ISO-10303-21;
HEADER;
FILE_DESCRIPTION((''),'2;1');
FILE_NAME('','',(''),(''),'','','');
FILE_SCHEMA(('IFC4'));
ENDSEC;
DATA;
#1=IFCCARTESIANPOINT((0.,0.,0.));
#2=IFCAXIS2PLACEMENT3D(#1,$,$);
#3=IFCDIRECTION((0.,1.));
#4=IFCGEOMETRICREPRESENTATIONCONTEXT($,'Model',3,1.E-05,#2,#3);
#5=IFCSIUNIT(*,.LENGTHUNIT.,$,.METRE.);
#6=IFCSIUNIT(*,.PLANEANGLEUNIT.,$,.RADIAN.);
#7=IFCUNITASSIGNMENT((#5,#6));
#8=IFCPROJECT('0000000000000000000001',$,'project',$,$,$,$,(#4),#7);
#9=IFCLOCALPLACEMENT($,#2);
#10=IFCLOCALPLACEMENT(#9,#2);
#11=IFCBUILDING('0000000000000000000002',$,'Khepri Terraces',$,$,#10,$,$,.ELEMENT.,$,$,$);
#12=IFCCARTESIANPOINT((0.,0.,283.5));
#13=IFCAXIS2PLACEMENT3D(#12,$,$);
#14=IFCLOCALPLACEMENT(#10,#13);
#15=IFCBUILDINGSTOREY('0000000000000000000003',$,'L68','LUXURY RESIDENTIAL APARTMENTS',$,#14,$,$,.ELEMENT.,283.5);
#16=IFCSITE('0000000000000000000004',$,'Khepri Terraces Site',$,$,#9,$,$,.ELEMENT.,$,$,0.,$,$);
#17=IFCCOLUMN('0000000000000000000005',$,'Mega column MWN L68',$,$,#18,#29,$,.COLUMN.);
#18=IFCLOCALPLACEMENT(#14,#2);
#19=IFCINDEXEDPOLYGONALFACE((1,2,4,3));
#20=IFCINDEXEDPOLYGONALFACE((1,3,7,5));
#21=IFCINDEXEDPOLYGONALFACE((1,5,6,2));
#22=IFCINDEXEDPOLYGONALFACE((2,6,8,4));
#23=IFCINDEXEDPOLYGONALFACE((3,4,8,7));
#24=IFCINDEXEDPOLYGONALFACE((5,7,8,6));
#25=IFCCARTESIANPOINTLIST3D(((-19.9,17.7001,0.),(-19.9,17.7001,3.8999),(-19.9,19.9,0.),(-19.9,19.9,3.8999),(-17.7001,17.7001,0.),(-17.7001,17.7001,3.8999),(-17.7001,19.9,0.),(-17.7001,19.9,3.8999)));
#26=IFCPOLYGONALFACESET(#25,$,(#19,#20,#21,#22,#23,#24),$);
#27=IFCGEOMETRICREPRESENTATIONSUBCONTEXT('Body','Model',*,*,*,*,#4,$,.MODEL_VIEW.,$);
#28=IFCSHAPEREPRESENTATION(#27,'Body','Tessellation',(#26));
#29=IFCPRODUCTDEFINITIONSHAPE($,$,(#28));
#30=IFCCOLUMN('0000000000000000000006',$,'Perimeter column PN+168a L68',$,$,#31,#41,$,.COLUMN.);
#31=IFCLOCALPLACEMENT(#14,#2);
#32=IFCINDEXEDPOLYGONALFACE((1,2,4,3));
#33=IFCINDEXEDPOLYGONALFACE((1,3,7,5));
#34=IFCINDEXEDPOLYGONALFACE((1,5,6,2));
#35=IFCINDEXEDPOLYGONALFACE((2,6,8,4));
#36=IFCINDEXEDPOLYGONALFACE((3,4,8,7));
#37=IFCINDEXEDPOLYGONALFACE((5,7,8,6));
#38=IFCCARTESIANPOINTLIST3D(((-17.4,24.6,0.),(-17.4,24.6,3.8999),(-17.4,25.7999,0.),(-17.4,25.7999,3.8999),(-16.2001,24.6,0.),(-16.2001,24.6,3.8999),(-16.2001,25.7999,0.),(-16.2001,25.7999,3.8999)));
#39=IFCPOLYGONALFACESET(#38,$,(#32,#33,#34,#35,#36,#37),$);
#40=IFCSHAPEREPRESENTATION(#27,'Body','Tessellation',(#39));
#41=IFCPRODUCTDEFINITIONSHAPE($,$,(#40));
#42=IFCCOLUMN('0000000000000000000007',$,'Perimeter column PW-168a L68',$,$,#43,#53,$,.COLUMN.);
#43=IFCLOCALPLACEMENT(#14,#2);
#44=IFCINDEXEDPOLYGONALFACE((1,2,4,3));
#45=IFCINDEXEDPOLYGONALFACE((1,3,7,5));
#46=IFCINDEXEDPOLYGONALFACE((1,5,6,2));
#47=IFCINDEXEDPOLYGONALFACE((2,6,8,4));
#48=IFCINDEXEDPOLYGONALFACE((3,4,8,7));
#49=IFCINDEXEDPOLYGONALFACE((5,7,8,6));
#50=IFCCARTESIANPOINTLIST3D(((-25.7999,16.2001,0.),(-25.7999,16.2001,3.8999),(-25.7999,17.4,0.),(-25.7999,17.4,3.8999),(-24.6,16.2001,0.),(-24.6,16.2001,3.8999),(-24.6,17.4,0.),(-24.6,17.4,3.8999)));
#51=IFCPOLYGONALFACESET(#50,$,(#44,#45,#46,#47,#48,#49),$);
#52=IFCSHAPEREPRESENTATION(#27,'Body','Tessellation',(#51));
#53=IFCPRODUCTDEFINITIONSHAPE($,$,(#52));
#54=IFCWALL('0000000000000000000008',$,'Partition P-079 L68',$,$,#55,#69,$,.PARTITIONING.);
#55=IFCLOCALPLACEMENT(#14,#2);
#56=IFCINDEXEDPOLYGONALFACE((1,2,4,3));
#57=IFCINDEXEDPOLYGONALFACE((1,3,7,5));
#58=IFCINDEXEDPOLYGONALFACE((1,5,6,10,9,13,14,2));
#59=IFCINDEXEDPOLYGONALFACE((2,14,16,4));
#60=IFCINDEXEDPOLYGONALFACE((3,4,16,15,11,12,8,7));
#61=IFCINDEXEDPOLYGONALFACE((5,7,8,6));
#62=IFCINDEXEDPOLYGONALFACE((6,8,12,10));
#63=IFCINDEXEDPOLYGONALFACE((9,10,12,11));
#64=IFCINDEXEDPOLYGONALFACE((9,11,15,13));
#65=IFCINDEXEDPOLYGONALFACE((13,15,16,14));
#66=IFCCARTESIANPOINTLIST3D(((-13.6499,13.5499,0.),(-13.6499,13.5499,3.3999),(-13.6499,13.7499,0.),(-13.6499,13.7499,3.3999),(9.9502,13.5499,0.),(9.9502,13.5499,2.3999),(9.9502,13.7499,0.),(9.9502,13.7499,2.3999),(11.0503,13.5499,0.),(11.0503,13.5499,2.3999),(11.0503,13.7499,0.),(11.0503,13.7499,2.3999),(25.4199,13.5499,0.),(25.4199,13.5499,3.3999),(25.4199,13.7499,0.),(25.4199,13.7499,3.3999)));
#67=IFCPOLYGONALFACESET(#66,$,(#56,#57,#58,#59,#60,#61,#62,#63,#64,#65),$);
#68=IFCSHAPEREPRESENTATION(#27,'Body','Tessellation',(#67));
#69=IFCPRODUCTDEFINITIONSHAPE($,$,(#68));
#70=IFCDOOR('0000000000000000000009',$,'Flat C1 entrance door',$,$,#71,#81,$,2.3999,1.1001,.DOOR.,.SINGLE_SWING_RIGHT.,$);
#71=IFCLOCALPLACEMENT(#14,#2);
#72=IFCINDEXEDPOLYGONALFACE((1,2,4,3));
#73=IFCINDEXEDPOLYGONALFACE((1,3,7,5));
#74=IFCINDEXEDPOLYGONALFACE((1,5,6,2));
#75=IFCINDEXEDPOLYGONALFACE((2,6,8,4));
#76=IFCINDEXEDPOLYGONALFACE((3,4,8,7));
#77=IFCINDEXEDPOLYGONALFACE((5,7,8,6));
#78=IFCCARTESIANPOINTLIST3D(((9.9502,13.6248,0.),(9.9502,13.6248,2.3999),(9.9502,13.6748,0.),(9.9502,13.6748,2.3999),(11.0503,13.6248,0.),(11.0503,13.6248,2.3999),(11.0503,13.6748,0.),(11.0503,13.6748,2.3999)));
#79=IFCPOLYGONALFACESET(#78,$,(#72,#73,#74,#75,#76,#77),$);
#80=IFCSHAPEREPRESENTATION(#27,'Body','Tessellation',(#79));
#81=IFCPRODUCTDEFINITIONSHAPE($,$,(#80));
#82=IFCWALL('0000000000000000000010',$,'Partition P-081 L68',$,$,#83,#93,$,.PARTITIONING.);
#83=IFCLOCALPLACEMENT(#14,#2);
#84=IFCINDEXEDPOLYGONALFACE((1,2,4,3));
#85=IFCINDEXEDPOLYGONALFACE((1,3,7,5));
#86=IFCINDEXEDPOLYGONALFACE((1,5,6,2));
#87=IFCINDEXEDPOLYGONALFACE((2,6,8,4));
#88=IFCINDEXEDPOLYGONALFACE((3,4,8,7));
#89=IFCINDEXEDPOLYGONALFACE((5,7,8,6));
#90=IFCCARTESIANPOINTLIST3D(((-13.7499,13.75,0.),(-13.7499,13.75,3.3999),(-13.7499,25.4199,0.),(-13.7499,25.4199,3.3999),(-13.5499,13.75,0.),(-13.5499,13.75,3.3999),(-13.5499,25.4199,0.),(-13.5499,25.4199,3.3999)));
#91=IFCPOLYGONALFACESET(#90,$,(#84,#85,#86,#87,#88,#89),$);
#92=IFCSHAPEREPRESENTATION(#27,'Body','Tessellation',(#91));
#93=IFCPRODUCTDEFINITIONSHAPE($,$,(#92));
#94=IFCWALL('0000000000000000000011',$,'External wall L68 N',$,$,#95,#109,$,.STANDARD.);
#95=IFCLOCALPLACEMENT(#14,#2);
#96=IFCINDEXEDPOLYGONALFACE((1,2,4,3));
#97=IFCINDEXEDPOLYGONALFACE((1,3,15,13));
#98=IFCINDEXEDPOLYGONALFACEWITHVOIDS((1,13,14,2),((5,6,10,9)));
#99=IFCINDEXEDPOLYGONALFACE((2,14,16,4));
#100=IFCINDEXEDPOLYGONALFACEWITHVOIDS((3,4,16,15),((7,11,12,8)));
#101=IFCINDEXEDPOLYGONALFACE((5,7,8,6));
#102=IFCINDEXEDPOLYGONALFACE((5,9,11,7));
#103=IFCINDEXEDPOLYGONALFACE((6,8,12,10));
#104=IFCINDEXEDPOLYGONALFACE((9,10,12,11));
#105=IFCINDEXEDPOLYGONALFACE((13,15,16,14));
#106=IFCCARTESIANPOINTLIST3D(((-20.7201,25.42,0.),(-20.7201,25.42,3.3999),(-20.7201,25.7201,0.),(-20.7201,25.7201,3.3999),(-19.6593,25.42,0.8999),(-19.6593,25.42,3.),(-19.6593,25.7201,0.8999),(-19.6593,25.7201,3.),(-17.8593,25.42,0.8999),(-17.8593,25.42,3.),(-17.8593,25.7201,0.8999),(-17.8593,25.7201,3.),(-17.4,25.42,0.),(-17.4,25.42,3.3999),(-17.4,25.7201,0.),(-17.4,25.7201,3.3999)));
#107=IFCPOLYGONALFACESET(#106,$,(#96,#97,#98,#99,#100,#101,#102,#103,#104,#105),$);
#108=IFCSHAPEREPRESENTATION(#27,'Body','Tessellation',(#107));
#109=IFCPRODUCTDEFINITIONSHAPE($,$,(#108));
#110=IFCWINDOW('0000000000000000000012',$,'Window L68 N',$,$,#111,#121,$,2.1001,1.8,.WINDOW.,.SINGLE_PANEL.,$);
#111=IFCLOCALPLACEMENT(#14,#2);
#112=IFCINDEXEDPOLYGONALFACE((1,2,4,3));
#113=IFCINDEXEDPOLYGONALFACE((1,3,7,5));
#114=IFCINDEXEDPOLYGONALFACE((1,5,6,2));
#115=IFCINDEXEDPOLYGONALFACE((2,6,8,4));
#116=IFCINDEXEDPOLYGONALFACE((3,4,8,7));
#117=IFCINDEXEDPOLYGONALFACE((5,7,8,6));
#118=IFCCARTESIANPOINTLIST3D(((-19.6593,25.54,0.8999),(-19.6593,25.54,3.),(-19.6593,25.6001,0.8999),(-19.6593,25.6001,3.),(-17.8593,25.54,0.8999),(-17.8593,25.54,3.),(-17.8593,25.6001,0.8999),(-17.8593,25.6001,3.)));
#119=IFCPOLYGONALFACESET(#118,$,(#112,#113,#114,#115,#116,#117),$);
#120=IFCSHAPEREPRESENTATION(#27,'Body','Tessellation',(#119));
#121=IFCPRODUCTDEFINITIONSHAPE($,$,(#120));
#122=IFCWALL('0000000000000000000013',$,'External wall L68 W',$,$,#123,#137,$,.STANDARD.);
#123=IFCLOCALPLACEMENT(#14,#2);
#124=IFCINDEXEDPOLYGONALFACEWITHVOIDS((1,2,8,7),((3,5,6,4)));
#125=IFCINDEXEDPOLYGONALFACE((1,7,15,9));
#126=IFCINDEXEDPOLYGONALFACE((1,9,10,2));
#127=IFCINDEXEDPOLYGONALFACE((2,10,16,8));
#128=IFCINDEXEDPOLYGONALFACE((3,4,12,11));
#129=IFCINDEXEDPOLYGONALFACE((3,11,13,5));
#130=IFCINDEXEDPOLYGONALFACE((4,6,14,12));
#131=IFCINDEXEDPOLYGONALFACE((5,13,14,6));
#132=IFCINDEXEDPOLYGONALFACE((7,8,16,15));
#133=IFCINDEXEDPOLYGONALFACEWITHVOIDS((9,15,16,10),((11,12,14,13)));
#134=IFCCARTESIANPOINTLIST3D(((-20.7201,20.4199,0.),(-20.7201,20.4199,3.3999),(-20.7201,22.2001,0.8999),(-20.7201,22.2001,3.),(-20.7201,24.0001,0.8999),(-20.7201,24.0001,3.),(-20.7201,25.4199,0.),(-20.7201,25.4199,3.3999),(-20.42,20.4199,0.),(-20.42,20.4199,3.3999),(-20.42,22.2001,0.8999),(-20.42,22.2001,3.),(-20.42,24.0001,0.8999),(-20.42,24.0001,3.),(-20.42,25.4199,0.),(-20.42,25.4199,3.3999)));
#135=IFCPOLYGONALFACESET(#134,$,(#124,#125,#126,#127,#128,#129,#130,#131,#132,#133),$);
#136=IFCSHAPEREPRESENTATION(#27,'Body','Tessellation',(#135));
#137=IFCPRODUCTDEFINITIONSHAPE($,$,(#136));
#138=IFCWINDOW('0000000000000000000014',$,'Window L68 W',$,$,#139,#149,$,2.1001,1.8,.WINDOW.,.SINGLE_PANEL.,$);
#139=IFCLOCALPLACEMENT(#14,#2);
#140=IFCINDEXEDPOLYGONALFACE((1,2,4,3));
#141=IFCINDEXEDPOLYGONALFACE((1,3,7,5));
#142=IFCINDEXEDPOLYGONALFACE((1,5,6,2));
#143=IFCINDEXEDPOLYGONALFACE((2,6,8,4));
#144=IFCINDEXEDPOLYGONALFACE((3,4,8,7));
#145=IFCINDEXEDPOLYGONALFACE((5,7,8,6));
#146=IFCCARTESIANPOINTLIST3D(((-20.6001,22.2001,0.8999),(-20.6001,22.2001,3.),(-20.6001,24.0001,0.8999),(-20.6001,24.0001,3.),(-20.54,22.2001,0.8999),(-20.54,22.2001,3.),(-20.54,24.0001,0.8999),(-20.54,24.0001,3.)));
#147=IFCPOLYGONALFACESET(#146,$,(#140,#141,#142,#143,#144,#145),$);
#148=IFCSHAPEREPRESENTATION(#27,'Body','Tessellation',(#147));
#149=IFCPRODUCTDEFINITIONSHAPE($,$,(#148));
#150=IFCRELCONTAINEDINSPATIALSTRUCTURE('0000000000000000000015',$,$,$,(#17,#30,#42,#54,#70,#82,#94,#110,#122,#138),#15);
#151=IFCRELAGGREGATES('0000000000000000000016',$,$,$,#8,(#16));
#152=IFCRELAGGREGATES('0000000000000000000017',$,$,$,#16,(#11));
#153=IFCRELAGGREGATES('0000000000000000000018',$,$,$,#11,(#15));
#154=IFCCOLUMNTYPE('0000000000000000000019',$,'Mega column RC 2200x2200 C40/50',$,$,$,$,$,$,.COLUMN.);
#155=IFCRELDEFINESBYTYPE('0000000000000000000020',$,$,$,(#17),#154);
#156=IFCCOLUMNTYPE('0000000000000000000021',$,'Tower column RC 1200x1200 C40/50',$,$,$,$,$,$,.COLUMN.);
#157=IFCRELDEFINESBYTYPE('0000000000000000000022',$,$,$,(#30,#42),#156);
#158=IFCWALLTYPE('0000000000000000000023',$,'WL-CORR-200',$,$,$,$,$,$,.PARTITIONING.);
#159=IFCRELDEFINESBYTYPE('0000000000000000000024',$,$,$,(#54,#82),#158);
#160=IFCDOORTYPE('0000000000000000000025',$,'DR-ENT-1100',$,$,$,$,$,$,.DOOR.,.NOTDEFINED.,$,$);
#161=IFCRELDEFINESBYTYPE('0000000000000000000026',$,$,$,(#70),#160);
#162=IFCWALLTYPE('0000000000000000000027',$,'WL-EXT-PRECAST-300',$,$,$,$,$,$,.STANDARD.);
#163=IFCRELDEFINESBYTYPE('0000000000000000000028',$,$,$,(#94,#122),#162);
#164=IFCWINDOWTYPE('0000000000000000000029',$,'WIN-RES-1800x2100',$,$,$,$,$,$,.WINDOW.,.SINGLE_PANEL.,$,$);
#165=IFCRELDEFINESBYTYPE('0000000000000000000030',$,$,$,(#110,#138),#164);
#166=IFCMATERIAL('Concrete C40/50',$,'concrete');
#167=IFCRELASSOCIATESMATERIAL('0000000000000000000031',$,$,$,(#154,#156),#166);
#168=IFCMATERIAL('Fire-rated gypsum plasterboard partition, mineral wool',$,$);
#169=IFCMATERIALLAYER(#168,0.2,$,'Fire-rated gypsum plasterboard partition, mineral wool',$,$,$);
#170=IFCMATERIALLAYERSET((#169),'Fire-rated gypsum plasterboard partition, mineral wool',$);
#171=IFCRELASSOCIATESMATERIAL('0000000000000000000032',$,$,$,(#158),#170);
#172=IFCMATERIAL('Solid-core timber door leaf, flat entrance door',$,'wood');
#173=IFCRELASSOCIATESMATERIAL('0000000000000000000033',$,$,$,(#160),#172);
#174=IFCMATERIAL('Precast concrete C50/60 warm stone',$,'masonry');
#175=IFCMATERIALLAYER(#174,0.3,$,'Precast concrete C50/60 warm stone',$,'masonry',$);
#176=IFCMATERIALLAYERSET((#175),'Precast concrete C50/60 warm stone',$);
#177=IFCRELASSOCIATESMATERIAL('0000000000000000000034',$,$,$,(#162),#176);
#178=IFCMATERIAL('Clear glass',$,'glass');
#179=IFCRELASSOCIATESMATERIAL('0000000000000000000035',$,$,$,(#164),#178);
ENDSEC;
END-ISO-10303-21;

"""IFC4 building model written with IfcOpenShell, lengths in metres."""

from ifc_helpers import new_model, si_unit, direction, frame, frame_2d, origin, origin_2d, place, context, subcontext, project, spatial, rectangle, extrude, material, layer, layer_set, material_profile, profile_set, type_object, element, fill, save


model = new_model("IFC4")

# Units and contexts
model_context = context("Model", 3, precision=1e-05, world=origin(), true_north=direction((0.0, 1.0)))
body_context = subcontext(model_context, "Body", "Model", "MODEL_VIEW")
ifc_project = project(units=[si_unit("LENGTHUNIT", "METRE"), si_unit("PLANEANGLEUNIT", "RADIAN")], contexts=[model_context])

# Site, building, storey
site_placement = place(None, origin())
site = spatial("IfcSite", under=ifc_project, at=site_placement, Name="Khepri Terraces Site", CompositionType="ELEMENT", RefElevation=0.0)
building_placement = place(site_placement, origin())
building = spatial("IfcBuilding", under=site, at=building_placement, Name="Khepri Terraces", CompositionType="ELEMENT")
storey_placement = place(building_placement, frame((0.0, 0.0, 283.5)))
storey = spatial("IfcBuildingStorey", under=building, at=storey_placement, Name="L68", Description="LUXURY RESIDENTIAL APARTMENTS", CompositionType="ELEMENT", Elevation=283.5)

# Columns
ifc_material_1 = material(Name="Concrete C40/50", Category="concrete")
ifc_material_profile_1 = material_profile(ifc_material_1, rectangle(XDim=2.2, YDim=2.2, at=origin_2d()), Name="Concrete C40/50", Category="concrete")
ifc_profile_set_1 = profile_set([ifc_material_profile_1], Name="Concrete C40/50")
column_type_1 = type_object("IfcColumnType", Name="Mega column RC 2200x2200 C40/50", PredefinedType="COLUMN", material=ifc_profile_set_1)
column_placement = place(storey_placement, frame((-18.8, 18.8, 0.0), z_axis=(0.0, 0.0, 1.0), x_axis=(1.0, 0.0, 0.0)))
element("IfcColumn", 1, at=column_placement, inside=storey, type_object=column_type_1, Name="Mega column MWN L68", PredefinedType="COLUMN", context=body_context, shape_type="SweptSolid", body=[
    extrude(rectangle(XDim=2.2, YDim=2.2, at=origin_2d()), origin(), (0.0, 0.0, 1.0), 3.8999),
])
ifc_material_profile_2 = material_profile(ifc_material_1, rectangle(XDim=1.2, YDim=1.2, at=origin_2d()), Name="Concrete C40/50", Category="concrete")
ifc_profile_set_2 = profile_set([ifc_material_profile_2], Name="Concrete C40/50")
column_type_2 = type_object("IfcColumnType", Name="Tower column RC 1200x1200 C40/50", PredefinedType="COLUMN", material=ifc_profile_set_2)
for number, where, z_axis, x_axis, name in (
    (2, (-16.8, 25.2, 0.0), (0.0, 0.0, 1.0), (1.0, 0.0, 0.0), "Perimeter column PN+168a L68"),
    (3, (-25.2, 16.8, 0.0), (0.0, 0.0, 1.0), (1.0, 0.0, 0.0), "Perimeter column PW-168a L68"),
):
    element("IfcColumn", number, at=place(storey_placement, frame(where, z_axis=z_axis, x_axis=x_axis)), inside=storey, type_object=column_type_2, Name=name, PredefinedType="COLUMN", context=body_context, shape_type="SweptSolid", body=[
        extrude(rectangle(XDim=1.2, YDim=1.2, at=origin_2d()), origin(), (0.0, 0.0, 1.0), 3.8999),
    ])

# Wall, opening, door
ifc_material_2 = material(Name="Fire-rated gypsum plasterboard partition, mineral wool")
ifc_layer_1 = layer(ifc_material_2, 0.2, Name="Fire-rated gypsum plasterboard partition, mineral wool")
ifc_layer_set_1 = layer_set([ifc_layer_1], Name="Fire-rated gypsum plasterboard partition, mineral wool")
wall_type_1 = type_object("IfcWallType", Name="WL-CORR-200", PredefinedType="PARTITIONING", material=ifc_layer_set_1)
wall_1_placement = place(storey_placement, frame((-13.6499, 13.6499, 0.0), z_axis=(0.0, 0.0, 1.0), x_axis=(1.0, 0.0, 0.0)))
wall_1 = element("IfcWall", 4, at=wall_1_placement, inside=storey, type_object=wall_type_1, Name="Partition P-079 L68", PredefinedType="PARTITIONING", context=body_context, shape_type="SweptSolid", body=[
    extrude(rectangle(XDim=39.0698, YDim=0.2, at=frame_2d((19.5349, 0.0))), origin(), (0.0, 0.0, 1.0), 3.3999),
])
opening_1_placement = place(wall_1_placement, frame((23.6001, 0.0, 0.0)))
opening_1 = element("IfcOpeningElement", 5, at=opening_1_placement, cuts=wall_1, PredefinedType="OPENING", context=body_context, shape_type="SweptSolid", body=[
    extrude(rectangle(XDim=1.1001, YDim=2.3999, at=frame_2d((0.55, 1.2))), frame((0.0, 0.1099, 0.0), z_axis=(0.0, -1.0, 0.0), x_axis=(1.0, 0.0, 0.0)), (0.0, 0.0, 1.0), 0.22),
])
ifc_material_3 = material(Name="Solid-core timber door leaf, flat entrance door", Category="wood")
door_type_1 = type_object("IfcDoorType", Name="DR-ENT-1100", OperationType="NOTDEFINED", PredefinedType="DOOR", material=ifc_material_3)
door_1_placement = place(opening_1_placement, origin())
door_1 = element("IfcDoor", 6, at=door_1_placement, inside=storey, type_object=door_type_1, Name="Flat C1 entrance door", OperationType="SINGLE_SWING_RIGHT", OverallHeight=2.3999, OverallWidth=1.1001, PredefinedType="DOOR", context=body_context, shape_type="SweptSolid", body=[
    extrude(rectangle(XDim=1.1001, YDim=2.3999, at=frame_2d((0.55, 1.2))), frame((0.0, 0.0249, 0.0), z_axis=(0.0, -1.0, 0.0), x_axis=(1.0, 0.0, 0.0)), (0.0, 0.0, 1.0), 0.05),
])
fill(opening_1, door_1)

# Wall
wall_2_placement = place(storey_placement, frame((-13.6499, 13.75, 0.0), z_axis=(0.0, 0.0, 1.0), x_axis=(0.0, 1.0, 0.0)))
element("IfcWall", 7, at=wall_2_placement, inside=storey, type_object=wall_type_1, Name="Partition P-081 L68", PredefinedType="PARTITIONING", context=body_context, shape_type="SweptSolid", body=[
    extrude(rectangle(XDim=11.6699, YDim=0.2, at=frame_2d((5.835, 0.0))), origin(), (0.0, 0.0, 1.0), 3.3999),
])

# Walls, openings, windows
ifc_material_4 = material(Name="Precast concrete C50/60 warm stone", Category="masonry")
ifc_layer_2 = layer(ifc_material_4, 0.3, Name="Precast concrete C50/60 warm stone", Category="masonry")
ifc_layer_set_2 = layer_set([ifc_layer_2], Name="Precast concrete C50/60 warm stone")
wall_type_2 = type_object("IfcWallType", Name="WL-EXT-PRECAST-300", PredefinedType="STANDARD", material=ifc_layer_set_2)
wall_3_placement = place(storey_placement, frame((-17.3999, 25.5701, 0.0), z_axis=(0.0, 0.0, 1.0), x_axis=(-1.0, 0.0, 0.0)))
wall_3 = element("IfcWall", 8, at=wall_3_placement, inside=storey, type_object=wall_type_2, Name="External wall L68 N", PredefinedType="STANDARD", context=body_context, shape_type="SweptSolid", body=[
    extrude(rectangle(XDim=3.3201, YDim=0.3, at=frame_2d((1.6602, 0.0))), origin(), (0.0, 0.0, 1.0), 3.3999),
])
opening_2_placement = place(wall_3_placement, frame((0.4595, 0.0, 0.8999)))
opening_2 = element("IfcOpeningElement", 9, at=opening_2_placement, cuts=wall_3, PredefinedType="OPENING", context=body_context, shape_type="SweptSolid", body=[
    extrude(rectangle(XDim=1.8, YDim=2.1001, at=frame_2d((0.8999, 1.05))), frame((0.0, 0.1602, 0.0), z_axis=(0.0, -1.0, 0.0), x_axis=(1.0, 0.0, 0.0)), (0.0, 0.0, 1.0), 0.3201),
])
ifc_material_5 = material(Name="Clear glass", Category="glass")
window_type = type_object("IfcWindowType", Name="WIN-RES-1800x2100", PartitioningType="SINGLE_PANEL", PredefinedType="WINDOW", material=ifc_material_5)
window_1_placement = place(opening_2_placement, origin())
window_1 = element("IfcWindow", 10, at=window_1_placement, inside=storey, type_object=window_type, Name="Window L68 N", OverallHeight=2.1001, OverallWidth=1.8, PartitioningType="SINGLE_PANEL", PredefinedType="WINDOW", context=body_context, shape_type="SweptSolid", body=[
    extrude(rectangle(XDim=1.8, YDim=2.1001, at=frame_2d((0.8999, 1.05))), frame((0.0, 0.03, 0.0), z_axis=(0.0, -1.0, 0.0), x_axis=(1.0, 0.0, 0.0)), (0.0, 0.0, 1.0), 0.0601),
])
fill(opening_2, window_1)
wall_4_placement = place(storey_placement, frame((-20.5701, 25.4199, 0.0), z_axis=(0.0, 0.0, 1.0), x_axis=(0.0, -1.0, 0.0)))
wall_4 = element("IfcWall", 11, at=wall_4_placement, inside=storey, type_object=wall_type_2, Name="External wall L68 W", PredefinedType="STANDARD", context=body_context, shape_type="SweptSolid", body=[
    extrude(rectangle(XDim=5.0, YDim=0.3, at=frame_2d((2.5, 0.0))), origin(), (0.0, 0.0, 1.0), 3.3999),
])
opening_3_placement = place(wall_4_placement, frame((1.4199, 0.0, 0.8999)))
opening_3 = element("IfcOpeningElement", 12, at=opening_3_placement, cuts=wall_4, PredefinedType="OPENING", context=body_context, shape_type="SweptSolid", body=[
    extrude(rectangle(XDim=1.8, YDim=2.1001, at=frame_2d((0.8999, 1.05))), frame((0.0, 0.1602, 0.0), z_axis=(0.0, -1.0, 0.0), x_axis=(1.0, 0.0, 0.0)), (0.0, 0.0, 1.0), 0.3201),
])
window_2_placement = place(opening_3_placement, origin())
window_2 = element("IfcWindow", 13, at=window_2_placement, inside=storey, type_object=window_type, Name="Window L68 W", OverallHeight=2.1001, OverallWidth=1.8, PartitioningType="SINGLE_PANEL", PredefinedType="WINDOW", context=body_context, shape_type="SweptSolid", body=[
    extrude(rectangle(XDim=1.8, YDim=2.1001, at=frame_2d((0.8999, 1.05))), frame((0.0, 0.03, 0.0), z_axis=(0.0, -1.0, 0.0), x_axis=(1.0, 0.0, 0.0)), (0.0, 0.0, 1.0), 0.0601),
])
fill(opening_3, window_2)

save(model, "model.ifc")
